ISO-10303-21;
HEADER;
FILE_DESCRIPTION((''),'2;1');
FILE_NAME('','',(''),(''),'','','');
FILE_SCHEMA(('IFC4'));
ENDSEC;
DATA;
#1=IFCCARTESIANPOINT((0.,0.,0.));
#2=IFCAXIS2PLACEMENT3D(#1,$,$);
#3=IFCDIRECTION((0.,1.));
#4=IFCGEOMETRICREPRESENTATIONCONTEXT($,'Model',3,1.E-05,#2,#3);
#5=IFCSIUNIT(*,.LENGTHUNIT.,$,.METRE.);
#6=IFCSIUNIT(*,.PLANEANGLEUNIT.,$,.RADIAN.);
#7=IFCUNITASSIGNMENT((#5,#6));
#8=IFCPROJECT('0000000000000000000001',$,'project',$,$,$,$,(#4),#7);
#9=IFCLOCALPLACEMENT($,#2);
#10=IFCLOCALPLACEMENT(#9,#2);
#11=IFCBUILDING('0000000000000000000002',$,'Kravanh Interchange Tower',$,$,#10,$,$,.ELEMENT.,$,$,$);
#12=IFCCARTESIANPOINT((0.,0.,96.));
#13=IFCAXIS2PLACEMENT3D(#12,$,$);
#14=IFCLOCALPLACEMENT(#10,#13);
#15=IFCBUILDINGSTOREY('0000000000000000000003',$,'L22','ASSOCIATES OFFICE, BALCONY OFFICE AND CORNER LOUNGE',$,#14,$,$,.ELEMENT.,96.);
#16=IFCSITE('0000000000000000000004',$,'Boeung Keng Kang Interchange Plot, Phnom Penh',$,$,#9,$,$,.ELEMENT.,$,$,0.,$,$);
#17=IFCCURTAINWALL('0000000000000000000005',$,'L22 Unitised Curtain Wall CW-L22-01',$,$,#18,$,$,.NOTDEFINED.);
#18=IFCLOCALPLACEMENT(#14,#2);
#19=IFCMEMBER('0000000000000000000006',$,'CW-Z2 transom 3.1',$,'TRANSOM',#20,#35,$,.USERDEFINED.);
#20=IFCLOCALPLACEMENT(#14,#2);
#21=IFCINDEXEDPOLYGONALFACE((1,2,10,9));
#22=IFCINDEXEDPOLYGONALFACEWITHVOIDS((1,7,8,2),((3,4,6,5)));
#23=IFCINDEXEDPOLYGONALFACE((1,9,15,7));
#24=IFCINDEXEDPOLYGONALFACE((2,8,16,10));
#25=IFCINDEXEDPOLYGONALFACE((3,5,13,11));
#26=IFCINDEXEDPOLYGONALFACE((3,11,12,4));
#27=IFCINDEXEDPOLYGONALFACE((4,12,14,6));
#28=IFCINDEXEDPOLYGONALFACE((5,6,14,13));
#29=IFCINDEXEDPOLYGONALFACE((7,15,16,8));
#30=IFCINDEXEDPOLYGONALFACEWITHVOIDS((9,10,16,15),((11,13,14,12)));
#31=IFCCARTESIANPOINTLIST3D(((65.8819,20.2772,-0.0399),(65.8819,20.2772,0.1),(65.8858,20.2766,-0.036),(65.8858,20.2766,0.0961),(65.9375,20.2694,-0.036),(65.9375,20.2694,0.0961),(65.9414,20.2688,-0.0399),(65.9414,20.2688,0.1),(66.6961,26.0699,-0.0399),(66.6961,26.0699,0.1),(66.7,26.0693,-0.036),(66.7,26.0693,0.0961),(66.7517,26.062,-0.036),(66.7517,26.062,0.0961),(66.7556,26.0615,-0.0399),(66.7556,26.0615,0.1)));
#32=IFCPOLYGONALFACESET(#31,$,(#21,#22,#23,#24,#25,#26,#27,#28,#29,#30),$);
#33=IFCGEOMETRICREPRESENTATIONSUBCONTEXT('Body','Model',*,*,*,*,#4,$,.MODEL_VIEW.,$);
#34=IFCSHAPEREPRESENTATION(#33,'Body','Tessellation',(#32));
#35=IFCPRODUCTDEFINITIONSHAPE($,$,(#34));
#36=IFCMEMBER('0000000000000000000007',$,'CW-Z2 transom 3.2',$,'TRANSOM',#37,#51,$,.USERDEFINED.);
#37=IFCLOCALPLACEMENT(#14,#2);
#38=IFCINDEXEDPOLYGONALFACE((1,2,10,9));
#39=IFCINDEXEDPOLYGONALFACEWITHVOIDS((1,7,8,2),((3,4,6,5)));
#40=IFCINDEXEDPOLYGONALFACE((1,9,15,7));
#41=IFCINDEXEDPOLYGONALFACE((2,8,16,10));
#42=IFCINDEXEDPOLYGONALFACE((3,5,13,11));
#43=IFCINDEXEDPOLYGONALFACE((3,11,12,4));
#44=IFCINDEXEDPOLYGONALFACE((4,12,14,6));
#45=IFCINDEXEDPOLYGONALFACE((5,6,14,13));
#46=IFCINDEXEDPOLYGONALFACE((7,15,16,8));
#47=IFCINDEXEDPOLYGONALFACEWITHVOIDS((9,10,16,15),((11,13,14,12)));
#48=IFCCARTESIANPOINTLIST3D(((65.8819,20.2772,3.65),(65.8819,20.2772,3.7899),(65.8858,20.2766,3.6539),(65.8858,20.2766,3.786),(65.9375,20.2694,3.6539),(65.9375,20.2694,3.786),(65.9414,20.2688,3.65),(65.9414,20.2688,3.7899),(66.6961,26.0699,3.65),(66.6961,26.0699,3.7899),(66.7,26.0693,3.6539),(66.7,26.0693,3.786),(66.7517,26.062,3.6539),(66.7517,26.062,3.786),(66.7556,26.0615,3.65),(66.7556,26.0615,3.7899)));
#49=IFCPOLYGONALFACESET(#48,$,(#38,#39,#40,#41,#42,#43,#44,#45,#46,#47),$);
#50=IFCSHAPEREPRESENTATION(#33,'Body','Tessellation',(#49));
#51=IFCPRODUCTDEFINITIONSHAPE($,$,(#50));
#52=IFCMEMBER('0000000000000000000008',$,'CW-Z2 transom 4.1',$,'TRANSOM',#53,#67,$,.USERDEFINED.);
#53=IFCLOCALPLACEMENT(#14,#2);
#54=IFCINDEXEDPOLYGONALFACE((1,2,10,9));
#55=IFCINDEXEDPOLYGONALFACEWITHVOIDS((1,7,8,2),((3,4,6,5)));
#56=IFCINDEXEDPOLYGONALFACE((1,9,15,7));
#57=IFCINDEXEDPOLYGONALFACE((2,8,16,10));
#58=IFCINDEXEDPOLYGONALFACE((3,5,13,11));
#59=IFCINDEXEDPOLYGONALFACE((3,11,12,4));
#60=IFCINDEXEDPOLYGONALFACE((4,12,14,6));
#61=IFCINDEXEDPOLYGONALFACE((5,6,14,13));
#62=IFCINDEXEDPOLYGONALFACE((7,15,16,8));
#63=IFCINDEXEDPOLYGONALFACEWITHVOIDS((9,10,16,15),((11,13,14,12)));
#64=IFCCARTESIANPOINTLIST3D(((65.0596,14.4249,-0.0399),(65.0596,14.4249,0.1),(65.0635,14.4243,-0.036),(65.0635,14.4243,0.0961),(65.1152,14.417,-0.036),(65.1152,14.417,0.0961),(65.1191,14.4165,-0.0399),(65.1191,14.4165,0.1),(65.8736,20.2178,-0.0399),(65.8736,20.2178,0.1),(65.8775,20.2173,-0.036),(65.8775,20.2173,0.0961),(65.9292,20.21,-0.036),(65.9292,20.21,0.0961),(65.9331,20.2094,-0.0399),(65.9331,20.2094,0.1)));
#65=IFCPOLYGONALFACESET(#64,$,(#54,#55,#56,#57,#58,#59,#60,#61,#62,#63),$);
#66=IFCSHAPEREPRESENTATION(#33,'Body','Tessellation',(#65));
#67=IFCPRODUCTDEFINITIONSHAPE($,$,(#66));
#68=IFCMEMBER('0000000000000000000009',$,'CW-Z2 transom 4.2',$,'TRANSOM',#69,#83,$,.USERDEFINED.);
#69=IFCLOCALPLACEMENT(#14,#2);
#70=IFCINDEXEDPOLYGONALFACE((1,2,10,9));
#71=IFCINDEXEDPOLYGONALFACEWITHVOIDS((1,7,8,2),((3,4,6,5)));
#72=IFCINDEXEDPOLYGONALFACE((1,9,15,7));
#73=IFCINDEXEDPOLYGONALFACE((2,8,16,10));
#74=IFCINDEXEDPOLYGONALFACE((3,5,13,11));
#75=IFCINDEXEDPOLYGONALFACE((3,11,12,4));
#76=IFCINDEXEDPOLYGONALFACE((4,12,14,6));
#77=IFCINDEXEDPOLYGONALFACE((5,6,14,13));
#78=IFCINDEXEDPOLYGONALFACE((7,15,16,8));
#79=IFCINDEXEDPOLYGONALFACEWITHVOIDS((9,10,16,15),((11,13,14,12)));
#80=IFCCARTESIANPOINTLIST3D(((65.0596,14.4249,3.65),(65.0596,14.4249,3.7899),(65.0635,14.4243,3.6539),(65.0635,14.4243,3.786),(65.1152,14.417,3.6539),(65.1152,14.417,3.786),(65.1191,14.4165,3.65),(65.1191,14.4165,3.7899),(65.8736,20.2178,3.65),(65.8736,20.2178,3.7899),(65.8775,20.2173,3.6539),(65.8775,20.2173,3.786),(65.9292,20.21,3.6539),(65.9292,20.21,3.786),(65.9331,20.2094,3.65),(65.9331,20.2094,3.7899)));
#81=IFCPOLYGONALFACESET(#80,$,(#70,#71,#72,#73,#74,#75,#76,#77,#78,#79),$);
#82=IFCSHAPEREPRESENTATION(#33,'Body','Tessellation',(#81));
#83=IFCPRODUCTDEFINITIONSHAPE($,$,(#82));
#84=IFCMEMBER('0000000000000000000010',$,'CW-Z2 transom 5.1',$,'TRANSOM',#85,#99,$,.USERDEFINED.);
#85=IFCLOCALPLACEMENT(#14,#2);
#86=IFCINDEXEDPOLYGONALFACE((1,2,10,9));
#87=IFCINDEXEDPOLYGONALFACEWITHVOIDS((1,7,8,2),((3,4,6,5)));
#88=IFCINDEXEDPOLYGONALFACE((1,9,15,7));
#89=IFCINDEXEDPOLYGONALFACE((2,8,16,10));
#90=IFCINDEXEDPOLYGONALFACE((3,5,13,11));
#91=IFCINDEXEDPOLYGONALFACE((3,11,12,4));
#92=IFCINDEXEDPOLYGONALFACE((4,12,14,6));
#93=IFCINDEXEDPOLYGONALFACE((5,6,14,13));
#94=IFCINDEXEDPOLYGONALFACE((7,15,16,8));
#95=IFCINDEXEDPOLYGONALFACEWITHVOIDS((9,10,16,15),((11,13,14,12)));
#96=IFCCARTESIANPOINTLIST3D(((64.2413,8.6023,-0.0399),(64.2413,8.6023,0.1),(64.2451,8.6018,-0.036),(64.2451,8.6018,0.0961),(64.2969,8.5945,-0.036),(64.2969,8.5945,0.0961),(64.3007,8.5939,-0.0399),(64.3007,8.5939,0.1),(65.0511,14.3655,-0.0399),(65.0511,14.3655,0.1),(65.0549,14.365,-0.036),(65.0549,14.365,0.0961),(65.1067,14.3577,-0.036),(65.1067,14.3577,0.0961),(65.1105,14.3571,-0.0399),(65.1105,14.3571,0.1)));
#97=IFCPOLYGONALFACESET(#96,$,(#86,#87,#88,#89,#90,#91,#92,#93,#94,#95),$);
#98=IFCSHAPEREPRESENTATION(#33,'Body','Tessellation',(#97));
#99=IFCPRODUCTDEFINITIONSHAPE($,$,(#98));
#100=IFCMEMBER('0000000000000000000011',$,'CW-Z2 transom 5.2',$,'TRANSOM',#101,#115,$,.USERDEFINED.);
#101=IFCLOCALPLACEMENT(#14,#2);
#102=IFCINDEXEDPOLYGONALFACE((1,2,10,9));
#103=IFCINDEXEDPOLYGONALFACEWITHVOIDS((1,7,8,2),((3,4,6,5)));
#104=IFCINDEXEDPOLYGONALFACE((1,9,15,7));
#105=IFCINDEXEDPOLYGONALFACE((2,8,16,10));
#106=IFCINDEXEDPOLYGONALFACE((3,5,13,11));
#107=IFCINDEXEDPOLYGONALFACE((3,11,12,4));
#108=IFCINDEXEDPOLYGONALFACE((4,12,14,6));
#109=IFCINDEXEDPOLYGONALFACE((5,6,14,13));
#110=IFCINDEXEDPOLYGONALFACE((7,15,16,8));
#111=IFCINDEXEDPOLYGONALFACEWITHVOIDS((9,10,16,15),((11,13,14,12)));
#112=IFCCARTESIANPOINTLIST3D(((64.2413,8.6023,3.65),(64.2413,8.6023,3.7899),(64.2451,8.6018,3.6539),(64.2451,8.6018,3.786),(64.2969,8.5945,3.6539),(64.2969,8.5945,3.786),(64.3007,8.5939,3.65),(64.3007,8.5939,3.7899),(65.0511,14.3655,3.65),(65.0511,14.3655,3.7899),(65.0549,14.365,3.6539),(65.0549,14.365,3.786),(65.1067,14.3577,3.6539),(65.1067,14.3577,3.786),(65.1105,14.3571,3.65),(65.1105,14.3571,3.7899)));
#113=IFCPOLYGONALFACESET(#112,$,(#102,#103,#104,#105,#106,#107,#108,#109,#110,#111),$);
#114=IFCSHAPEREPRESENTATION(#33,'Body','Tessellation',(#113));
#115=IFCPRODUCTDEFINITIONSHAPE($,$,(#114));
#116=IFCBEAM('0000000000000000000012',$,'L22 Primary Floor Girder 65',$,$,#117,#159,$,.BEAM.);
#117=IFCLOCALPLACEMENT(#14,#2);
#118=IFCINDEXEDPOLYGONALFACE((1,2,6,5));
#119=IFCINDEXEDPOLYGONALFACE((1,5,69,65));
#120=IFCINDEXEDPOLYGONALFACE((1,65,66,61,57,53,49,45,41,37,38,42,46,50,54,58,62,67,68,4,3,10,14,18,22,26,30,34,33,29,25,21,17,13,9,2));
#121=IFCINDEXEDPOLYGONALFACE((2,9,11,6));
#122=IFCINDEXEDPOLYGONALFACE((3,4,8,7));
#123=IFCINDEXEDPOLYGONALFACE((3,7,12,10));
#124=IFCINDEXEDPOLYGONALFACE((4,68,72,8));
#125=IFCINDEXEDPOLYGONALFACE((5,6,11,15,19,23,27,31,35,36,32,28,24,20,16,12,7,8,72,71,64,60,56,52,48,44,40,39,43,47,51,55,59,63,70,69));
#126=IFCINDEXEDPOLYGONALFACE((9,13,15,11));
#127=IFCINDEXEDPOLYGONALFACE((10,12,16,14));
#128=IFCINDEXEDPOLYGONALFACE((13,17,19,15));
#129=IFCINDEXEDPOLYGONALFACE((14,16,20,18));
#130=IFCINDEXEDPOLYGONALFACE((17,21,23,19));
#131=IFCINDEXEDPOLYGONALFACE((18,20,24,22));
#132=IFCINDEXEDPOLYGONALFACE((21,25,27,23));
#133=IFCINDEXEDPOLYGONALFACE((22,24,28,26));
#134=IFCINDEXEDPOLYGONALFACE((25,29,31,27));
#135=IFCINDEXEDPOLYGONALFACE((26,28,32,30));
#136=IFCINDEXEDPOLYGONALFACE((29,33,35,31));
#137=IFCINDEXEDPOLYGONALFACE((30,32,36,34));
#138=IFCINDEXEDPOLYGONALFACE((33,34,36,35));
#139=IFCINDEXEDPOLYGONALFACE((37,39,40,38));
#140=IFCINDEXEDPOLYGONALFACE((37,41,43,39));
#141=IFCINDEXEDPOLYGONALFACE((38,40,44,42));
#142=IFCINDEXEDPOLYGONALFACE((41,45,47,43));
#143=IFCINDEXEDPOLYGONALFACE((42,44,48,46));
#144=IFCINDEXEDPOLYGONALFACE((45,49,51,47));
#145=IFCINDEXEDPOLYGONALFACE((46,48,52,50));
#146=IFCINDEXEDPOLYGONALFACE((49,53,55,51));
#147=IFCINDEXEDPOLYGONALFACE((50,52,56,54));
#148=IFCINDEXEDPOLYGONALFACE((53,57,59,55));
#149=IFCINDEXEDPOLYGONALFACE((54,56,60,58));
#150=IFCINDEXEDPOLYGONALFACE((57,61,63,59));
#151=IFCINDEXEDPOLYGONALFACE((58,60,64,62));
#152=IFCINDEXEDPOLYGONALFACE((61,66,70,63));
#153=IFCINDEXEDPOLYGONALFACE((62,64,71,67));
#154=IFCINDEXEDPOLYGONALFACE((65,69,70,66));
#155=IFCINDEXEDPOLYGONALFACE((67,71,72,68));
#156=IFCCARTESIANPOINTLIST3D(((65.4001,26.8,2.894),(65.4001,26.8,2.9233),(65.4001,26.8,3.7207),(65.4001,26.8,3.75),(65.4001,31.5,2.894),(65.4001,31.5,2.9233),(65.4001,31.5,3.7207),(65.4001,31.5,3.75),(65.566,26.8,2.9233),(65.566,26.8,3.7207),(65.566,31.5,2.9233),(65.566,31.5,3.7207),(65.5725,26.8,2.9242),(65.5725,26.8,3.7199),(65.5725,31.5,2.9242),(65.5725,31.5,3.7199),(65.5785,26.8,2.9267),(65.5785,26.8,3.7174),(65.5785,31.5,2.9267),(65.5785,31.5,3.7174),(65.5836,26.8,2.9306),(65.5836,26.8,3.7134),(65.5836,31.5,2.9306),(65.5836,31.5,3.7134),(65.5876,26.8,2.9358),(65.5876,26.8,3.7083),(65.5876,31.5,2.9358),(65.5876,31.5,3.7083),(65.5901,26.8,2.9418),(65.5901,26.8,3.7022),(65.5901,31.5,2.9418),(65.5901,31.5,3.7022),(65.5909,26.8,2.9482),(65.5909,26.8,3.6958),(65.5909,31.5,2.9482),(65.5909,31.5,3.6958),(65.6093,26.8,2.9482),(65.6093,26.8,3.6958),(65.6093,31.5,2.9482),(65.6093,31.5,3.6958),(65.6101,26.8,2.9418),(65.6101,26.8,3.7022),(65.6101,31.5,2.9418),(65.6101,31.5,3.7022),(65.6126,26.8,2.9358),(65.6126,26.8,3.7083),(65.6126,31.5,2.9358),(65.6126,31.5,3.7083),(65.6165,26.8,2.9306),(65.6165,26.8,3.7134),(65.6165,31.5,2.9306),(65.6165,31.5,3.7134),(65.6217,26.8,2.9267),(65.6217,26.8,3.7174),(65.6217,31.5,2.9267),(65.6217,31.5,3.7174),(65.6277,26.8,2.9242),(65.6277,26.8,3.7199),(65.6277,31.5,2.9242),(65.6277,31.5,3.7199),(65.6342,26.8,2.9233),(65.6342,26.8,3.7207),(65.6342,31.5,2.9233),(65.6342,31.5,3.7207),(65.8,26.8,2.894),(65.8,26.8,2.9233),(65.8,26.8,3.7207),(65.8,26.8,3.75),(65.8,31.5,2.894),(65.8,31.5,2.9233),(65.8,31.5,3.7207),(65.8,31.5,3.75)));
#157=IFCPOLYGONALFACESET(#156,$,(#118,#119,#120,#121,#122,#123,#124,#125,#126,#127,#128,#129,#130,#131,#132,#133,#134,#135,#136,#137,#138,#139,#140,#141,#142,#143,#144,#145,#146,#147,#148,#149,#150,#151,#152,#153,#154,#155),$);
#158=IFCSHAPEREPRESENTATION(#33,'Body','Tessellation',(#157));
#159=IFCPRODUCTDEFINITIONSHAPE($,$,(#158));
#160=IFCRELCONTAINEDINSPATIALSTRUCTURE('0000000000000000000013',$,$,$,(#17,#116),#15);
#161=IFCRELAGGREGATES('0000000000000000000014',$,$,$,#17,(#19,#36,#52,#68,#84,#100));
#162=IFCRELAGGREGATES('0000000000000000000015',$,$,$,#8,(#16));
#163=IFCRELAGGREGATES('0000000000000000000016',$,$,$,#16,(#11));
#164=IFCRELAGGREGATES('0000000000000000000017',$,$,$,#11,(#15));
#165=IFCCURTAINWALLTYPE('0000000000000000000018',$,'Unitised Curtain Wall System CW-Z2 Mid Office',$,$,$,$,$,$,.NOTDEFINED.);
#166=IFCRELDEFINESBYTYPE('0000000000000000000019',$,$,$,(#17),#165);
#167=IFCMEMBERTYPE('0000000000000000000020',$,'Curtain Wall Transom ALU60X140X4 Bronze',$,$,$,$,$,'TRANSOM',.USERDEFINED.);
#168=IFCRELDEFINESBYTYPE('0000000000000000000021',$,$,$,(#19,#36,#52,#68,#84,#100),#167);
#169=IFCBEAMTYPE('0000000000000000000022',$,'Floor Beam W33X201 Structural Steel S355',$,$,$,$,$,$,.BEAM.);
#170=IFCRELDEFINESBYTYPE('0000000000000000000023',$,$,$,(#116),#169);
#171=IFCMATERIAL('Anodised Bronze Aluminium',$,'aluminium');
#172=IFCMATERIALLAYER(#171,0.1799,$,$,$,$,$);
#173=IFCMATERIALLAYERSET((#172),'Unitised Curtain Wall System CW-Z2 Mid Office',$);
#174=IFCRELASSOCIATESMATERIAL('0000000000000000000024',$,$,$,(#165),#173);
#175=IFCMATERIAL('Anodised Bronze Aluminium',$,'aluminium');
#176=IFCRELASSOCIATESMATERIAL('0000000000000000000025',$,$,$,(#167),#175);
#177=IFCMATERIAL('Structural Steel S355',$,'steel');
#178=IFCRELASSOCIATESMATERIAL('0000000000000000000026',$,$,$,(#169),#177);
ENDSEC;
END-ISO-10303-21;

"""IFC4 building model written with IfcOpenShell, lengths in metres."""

from ifc_helpers import new_model, si_unit, direction, frame, origin, origin_2d, place, context, subcontext, project, spatial, hollow_rectangle, i_section, extrude, material, layer, layer_set, material_profile, profile_set, type_object, element, aggregate, save


model = new_model("IFC4")

# Units and contexts
model_context = context("Model", 3, precision=1e-05, world=origin(), true_north=direction((0.0, 1.0)))
body_context = subcontext(model_context, "Body", "Model", "MODEL_VIEW")
ifc_project = project(units=[si_unit("LENGTHUNIT", "METRE"), si_unit("PLANEANGLEUNIT", "RADIAN")], contexts=[model_context])

# Site, building, storey
site_placement = place(None, origin())
site = spatial("IfcSite", under=ifc_project, at=site_placement, Name="Boeung Keng Kang Interchange Plot, Phnom Penh", CompositionType="ELEMENT", RefElevation=0.0)
building_placement = place(site_placement, origin())
building = spatial("IfcBuilding", under=site, at=building_placement, Name="Kravanh Interchange Tower", CompositionType="ELEMENT")
storey_placement = place(building_placement, frame((0.0, 0.0, 96.0)))
storey = spatial("IfcBuildingStorey", under=building, at=storey_placement, Name="L22", Description="ASSOCIATES OFFICE, BALCONY OFFICE AND CORNER LOUNGE", CompositionType="ELEMENT", Elevation=96.0)

# Curtain wall, members
ifc_material_1 = material(Name="Anodised Bronze Aluminium", Category="aluminium")
ifc_layer_1 = layer(ifc_material_1, 0.1799)
ifc_layer_set_1 = layer_set([ifc_layer_1], Name="Unitised Curtain Wall System CW-Z2 Mid Office")
curtain_wall_type = type_object("IfcCurtainWallType", Name="Unitised Curtain Wall System CW-Z2 Mid Office", PredefinedType="NOTDEFINED", material=ifc_layer_set_1)
curtain_wall_placement = place(storey_placement, origin())
curtain_wall = element("IfcCurtainWall", 1, at=curtain_wall_placement, inside=storey, type_object=curtain_wall_type, Name="L22 Unitised Curtain Wall CW-L22-01", PredefinedType="NOTDEFINED")
ifc_material_2 = material(Name="Anodised Bronze Aluminium", Category="aluminium")
ifc_material_profile_1 = material_profile(ifc_material_2, hollow_rectangle(XDim=0.0601, YDim=0.1399, WallThickness=0.0039, at=origin_2d()), Name="ALU60X140X4")
ifc_profile_set_1 = profile_set([ifc_material_profile_1], Name="Anodised Bronze Aluminium")
member_type_1 = type_object("IfcMemberType", Name="Curtain Wall Transom ALU60X140X4 Bronze", ElementType="TRANSOM", PredefinedType="USERDEFINED", material=ifc_profile_set_1)
member_1_placement = place(storey_placement, frame((66.7258, 26.0657, 0.03), z_axis=(-0.139189, -0.990266, 0.0), x_axis=(0.990266, -0.139189, 0.0)))
member_1 = element("IfcMember", 2, at=member_1_placement, type_object=member_type_1, Name="CW-Z2 transom 3.1", ObjectType="TRANSOM", PredefinedType="USERDEFINED", context=body_context, shape_type="SweptSolid", body=[
    extrude(hollow_rectangle(XDim=0.0601, YDim=0.1399, WallThickness=0.0039, at=origin_2d()), origin(), (0.0, 0.0, 1.0), 5.8496),
])
member_2_placement = place(storey_placement, frame((66.7258, 26.0657, 3.72), z_axis=(-0.139189, -0.990266, 0.0), x_axis=(0.990266, -0.139189, 0.0)))
member_2 = element("IfcMember", 3, at=member_2_placement, type_object=member_type_1, Name="CW-Z2 transom 3.2", ObjectType="TRANSOM", PredefinedType="USERDEFINED", context=body_context, shape_type="SweptSolid", body=[
    extrude(hollow_rectangle(XDim=0.0601, YDim=0.1399, WallThickness=0.0039, at=origin_2d()), origin(), (0.0, 0.0, 1.0), 5.8496),
])
member_3_placement = place(storey_placement, frame((65.9033, 20.2136, 0.03), z_axis=(-0.139142, -0.990272, 0.0), x_axis=(0.990272, -0.139142, 0.0)))
member_3 = element("IfcMember", 4, at=member_3_placement, type_object=member_type_1, Name="CW-Z2 transom 4.1", ObjectType="TRANSOM", PredefinedType="USERDEFINED", context=body_context, shape_type="SweptSolid", body=[
    extrude(hollow_rectangle(XDim=0.0601, YDim=0.1399, WallThickness=0.0039, at=origin_2d()), origin(), (0.0, 0.0, 1.0), 5.8499),
])
member_4_placement = place(storey_placement, frame((65.9033, 20.2136, 3.72), z_axis=(-0.139142, -0.990272, 0.0), x_axis=(0.990272, -0.139142, 0.0)))
member_4 = element("IfcMember", 5, at=member_4_placement, type_object=member_type_1, Name="CW-Z2 transom 4.2", ObjectType="TRANSOM", PredefinedType="USERDEFINED", context=body_context, shape_type="SweptSolid", body=[
    extrude(hollow_rectangle(XDim=0.0601, YDim=0.1399, WallThickness=0.0039, at=origin_2d()), origin(), (0.0, 0.0, 1.0), 5.8499),
])
member_5_placement = place(storey_placement, frame((65.0808, 14.3613, 0.03), z_axis=(-0.139148, -0.990272, 0.0), x_axis=(0.990272, -0.139148, 0.0)))
member_5 = element("IfcMember", 6, at=member_5_placement, type_object=member_type_1, Name="CW-Z2 transom 5.1", ObjectType="TRANSOM", PredefinedType="USERDEFINED", context=body_context, shape_type="SweptSolid", body=[
    extrude(hollow_rectangle(XDim=0.0601, YDim=0.1399, WallThickness=0.0039, at=origin_2d()), origin(), (0.0, 0.0, 1.0), 5.8198),
])
member_6_placement = place(storey_placement, frame((65.0808, 14.3613, 3.72), z_axis=(-0.139148, -0.990272, 0.0), x_axis=(0.990272, -0.139148, 0.0)))
member_6 = element("IfcMember", 7, at=member_6_placement, type_object=member_type_1, Name="CW-Z2 transom 5.2", ObjectType="TRANSOM", PredefinedType="USERDEFINED", context=body_context, shape_type="SweptSolid", body=[
    extrude(hollow_rectangle(XDim=0.0601, YDim=0.1399, WallThickness=0.0039, at=origin_2d()), origin(), (0.0, 0.0, 1.0), 5.8198),
])

# Beam
ifc_material_3 = material(Name="Structural Steel S355", Category="steel")
ifc_material_profile_2 = material_profile(ifc_material_3, i_section(OverallWidth=0.3999, OverallDepth=0.856, WebThickness=0.0183, FlangeThickness=0.0293, FilletRadius=0.0249, at=origin_2d()), Name="W33X201")
ifc_profile_set_2 = profile_set([ifc_material_profile_2], Name="Structural Steel S355")
beam_type_1 = type_object("IfcBeamType", Name="Floor Beam W33X201 Structural Steel S355", PredefinedType="BEAM", material=ifc_profile_set_2)
beam_1_placement = place(storey_placement, frame((65.6001, 26.8, 3.322), z_axis=(0.0, 1.0, 0.0), x_axis=(-1.0, 0.0, 0.0)))
element("IfcBeam", 8, at=beam_1_placement, inside=storey, type_object=beam_type_1, Name="L22 Primary Floor Girder 65", PredefinedType="BEAM", context=body_context, shape_type="SweptSolid", body=[
    extrude(i_section(OverallWidth=0.3999, OverallDepth=0.856, WebThickness=0.0183, FlangeThickness=0.0293, FilletRadius=0.0249, at=origin_2d()), origin(), (0.0, 0.0, 1.0), 4.7),
])

aggregate(curtain_wall, [member_1, member_2, member_3, member_4, member_5, member_6])

save(model, "model.ifc")
